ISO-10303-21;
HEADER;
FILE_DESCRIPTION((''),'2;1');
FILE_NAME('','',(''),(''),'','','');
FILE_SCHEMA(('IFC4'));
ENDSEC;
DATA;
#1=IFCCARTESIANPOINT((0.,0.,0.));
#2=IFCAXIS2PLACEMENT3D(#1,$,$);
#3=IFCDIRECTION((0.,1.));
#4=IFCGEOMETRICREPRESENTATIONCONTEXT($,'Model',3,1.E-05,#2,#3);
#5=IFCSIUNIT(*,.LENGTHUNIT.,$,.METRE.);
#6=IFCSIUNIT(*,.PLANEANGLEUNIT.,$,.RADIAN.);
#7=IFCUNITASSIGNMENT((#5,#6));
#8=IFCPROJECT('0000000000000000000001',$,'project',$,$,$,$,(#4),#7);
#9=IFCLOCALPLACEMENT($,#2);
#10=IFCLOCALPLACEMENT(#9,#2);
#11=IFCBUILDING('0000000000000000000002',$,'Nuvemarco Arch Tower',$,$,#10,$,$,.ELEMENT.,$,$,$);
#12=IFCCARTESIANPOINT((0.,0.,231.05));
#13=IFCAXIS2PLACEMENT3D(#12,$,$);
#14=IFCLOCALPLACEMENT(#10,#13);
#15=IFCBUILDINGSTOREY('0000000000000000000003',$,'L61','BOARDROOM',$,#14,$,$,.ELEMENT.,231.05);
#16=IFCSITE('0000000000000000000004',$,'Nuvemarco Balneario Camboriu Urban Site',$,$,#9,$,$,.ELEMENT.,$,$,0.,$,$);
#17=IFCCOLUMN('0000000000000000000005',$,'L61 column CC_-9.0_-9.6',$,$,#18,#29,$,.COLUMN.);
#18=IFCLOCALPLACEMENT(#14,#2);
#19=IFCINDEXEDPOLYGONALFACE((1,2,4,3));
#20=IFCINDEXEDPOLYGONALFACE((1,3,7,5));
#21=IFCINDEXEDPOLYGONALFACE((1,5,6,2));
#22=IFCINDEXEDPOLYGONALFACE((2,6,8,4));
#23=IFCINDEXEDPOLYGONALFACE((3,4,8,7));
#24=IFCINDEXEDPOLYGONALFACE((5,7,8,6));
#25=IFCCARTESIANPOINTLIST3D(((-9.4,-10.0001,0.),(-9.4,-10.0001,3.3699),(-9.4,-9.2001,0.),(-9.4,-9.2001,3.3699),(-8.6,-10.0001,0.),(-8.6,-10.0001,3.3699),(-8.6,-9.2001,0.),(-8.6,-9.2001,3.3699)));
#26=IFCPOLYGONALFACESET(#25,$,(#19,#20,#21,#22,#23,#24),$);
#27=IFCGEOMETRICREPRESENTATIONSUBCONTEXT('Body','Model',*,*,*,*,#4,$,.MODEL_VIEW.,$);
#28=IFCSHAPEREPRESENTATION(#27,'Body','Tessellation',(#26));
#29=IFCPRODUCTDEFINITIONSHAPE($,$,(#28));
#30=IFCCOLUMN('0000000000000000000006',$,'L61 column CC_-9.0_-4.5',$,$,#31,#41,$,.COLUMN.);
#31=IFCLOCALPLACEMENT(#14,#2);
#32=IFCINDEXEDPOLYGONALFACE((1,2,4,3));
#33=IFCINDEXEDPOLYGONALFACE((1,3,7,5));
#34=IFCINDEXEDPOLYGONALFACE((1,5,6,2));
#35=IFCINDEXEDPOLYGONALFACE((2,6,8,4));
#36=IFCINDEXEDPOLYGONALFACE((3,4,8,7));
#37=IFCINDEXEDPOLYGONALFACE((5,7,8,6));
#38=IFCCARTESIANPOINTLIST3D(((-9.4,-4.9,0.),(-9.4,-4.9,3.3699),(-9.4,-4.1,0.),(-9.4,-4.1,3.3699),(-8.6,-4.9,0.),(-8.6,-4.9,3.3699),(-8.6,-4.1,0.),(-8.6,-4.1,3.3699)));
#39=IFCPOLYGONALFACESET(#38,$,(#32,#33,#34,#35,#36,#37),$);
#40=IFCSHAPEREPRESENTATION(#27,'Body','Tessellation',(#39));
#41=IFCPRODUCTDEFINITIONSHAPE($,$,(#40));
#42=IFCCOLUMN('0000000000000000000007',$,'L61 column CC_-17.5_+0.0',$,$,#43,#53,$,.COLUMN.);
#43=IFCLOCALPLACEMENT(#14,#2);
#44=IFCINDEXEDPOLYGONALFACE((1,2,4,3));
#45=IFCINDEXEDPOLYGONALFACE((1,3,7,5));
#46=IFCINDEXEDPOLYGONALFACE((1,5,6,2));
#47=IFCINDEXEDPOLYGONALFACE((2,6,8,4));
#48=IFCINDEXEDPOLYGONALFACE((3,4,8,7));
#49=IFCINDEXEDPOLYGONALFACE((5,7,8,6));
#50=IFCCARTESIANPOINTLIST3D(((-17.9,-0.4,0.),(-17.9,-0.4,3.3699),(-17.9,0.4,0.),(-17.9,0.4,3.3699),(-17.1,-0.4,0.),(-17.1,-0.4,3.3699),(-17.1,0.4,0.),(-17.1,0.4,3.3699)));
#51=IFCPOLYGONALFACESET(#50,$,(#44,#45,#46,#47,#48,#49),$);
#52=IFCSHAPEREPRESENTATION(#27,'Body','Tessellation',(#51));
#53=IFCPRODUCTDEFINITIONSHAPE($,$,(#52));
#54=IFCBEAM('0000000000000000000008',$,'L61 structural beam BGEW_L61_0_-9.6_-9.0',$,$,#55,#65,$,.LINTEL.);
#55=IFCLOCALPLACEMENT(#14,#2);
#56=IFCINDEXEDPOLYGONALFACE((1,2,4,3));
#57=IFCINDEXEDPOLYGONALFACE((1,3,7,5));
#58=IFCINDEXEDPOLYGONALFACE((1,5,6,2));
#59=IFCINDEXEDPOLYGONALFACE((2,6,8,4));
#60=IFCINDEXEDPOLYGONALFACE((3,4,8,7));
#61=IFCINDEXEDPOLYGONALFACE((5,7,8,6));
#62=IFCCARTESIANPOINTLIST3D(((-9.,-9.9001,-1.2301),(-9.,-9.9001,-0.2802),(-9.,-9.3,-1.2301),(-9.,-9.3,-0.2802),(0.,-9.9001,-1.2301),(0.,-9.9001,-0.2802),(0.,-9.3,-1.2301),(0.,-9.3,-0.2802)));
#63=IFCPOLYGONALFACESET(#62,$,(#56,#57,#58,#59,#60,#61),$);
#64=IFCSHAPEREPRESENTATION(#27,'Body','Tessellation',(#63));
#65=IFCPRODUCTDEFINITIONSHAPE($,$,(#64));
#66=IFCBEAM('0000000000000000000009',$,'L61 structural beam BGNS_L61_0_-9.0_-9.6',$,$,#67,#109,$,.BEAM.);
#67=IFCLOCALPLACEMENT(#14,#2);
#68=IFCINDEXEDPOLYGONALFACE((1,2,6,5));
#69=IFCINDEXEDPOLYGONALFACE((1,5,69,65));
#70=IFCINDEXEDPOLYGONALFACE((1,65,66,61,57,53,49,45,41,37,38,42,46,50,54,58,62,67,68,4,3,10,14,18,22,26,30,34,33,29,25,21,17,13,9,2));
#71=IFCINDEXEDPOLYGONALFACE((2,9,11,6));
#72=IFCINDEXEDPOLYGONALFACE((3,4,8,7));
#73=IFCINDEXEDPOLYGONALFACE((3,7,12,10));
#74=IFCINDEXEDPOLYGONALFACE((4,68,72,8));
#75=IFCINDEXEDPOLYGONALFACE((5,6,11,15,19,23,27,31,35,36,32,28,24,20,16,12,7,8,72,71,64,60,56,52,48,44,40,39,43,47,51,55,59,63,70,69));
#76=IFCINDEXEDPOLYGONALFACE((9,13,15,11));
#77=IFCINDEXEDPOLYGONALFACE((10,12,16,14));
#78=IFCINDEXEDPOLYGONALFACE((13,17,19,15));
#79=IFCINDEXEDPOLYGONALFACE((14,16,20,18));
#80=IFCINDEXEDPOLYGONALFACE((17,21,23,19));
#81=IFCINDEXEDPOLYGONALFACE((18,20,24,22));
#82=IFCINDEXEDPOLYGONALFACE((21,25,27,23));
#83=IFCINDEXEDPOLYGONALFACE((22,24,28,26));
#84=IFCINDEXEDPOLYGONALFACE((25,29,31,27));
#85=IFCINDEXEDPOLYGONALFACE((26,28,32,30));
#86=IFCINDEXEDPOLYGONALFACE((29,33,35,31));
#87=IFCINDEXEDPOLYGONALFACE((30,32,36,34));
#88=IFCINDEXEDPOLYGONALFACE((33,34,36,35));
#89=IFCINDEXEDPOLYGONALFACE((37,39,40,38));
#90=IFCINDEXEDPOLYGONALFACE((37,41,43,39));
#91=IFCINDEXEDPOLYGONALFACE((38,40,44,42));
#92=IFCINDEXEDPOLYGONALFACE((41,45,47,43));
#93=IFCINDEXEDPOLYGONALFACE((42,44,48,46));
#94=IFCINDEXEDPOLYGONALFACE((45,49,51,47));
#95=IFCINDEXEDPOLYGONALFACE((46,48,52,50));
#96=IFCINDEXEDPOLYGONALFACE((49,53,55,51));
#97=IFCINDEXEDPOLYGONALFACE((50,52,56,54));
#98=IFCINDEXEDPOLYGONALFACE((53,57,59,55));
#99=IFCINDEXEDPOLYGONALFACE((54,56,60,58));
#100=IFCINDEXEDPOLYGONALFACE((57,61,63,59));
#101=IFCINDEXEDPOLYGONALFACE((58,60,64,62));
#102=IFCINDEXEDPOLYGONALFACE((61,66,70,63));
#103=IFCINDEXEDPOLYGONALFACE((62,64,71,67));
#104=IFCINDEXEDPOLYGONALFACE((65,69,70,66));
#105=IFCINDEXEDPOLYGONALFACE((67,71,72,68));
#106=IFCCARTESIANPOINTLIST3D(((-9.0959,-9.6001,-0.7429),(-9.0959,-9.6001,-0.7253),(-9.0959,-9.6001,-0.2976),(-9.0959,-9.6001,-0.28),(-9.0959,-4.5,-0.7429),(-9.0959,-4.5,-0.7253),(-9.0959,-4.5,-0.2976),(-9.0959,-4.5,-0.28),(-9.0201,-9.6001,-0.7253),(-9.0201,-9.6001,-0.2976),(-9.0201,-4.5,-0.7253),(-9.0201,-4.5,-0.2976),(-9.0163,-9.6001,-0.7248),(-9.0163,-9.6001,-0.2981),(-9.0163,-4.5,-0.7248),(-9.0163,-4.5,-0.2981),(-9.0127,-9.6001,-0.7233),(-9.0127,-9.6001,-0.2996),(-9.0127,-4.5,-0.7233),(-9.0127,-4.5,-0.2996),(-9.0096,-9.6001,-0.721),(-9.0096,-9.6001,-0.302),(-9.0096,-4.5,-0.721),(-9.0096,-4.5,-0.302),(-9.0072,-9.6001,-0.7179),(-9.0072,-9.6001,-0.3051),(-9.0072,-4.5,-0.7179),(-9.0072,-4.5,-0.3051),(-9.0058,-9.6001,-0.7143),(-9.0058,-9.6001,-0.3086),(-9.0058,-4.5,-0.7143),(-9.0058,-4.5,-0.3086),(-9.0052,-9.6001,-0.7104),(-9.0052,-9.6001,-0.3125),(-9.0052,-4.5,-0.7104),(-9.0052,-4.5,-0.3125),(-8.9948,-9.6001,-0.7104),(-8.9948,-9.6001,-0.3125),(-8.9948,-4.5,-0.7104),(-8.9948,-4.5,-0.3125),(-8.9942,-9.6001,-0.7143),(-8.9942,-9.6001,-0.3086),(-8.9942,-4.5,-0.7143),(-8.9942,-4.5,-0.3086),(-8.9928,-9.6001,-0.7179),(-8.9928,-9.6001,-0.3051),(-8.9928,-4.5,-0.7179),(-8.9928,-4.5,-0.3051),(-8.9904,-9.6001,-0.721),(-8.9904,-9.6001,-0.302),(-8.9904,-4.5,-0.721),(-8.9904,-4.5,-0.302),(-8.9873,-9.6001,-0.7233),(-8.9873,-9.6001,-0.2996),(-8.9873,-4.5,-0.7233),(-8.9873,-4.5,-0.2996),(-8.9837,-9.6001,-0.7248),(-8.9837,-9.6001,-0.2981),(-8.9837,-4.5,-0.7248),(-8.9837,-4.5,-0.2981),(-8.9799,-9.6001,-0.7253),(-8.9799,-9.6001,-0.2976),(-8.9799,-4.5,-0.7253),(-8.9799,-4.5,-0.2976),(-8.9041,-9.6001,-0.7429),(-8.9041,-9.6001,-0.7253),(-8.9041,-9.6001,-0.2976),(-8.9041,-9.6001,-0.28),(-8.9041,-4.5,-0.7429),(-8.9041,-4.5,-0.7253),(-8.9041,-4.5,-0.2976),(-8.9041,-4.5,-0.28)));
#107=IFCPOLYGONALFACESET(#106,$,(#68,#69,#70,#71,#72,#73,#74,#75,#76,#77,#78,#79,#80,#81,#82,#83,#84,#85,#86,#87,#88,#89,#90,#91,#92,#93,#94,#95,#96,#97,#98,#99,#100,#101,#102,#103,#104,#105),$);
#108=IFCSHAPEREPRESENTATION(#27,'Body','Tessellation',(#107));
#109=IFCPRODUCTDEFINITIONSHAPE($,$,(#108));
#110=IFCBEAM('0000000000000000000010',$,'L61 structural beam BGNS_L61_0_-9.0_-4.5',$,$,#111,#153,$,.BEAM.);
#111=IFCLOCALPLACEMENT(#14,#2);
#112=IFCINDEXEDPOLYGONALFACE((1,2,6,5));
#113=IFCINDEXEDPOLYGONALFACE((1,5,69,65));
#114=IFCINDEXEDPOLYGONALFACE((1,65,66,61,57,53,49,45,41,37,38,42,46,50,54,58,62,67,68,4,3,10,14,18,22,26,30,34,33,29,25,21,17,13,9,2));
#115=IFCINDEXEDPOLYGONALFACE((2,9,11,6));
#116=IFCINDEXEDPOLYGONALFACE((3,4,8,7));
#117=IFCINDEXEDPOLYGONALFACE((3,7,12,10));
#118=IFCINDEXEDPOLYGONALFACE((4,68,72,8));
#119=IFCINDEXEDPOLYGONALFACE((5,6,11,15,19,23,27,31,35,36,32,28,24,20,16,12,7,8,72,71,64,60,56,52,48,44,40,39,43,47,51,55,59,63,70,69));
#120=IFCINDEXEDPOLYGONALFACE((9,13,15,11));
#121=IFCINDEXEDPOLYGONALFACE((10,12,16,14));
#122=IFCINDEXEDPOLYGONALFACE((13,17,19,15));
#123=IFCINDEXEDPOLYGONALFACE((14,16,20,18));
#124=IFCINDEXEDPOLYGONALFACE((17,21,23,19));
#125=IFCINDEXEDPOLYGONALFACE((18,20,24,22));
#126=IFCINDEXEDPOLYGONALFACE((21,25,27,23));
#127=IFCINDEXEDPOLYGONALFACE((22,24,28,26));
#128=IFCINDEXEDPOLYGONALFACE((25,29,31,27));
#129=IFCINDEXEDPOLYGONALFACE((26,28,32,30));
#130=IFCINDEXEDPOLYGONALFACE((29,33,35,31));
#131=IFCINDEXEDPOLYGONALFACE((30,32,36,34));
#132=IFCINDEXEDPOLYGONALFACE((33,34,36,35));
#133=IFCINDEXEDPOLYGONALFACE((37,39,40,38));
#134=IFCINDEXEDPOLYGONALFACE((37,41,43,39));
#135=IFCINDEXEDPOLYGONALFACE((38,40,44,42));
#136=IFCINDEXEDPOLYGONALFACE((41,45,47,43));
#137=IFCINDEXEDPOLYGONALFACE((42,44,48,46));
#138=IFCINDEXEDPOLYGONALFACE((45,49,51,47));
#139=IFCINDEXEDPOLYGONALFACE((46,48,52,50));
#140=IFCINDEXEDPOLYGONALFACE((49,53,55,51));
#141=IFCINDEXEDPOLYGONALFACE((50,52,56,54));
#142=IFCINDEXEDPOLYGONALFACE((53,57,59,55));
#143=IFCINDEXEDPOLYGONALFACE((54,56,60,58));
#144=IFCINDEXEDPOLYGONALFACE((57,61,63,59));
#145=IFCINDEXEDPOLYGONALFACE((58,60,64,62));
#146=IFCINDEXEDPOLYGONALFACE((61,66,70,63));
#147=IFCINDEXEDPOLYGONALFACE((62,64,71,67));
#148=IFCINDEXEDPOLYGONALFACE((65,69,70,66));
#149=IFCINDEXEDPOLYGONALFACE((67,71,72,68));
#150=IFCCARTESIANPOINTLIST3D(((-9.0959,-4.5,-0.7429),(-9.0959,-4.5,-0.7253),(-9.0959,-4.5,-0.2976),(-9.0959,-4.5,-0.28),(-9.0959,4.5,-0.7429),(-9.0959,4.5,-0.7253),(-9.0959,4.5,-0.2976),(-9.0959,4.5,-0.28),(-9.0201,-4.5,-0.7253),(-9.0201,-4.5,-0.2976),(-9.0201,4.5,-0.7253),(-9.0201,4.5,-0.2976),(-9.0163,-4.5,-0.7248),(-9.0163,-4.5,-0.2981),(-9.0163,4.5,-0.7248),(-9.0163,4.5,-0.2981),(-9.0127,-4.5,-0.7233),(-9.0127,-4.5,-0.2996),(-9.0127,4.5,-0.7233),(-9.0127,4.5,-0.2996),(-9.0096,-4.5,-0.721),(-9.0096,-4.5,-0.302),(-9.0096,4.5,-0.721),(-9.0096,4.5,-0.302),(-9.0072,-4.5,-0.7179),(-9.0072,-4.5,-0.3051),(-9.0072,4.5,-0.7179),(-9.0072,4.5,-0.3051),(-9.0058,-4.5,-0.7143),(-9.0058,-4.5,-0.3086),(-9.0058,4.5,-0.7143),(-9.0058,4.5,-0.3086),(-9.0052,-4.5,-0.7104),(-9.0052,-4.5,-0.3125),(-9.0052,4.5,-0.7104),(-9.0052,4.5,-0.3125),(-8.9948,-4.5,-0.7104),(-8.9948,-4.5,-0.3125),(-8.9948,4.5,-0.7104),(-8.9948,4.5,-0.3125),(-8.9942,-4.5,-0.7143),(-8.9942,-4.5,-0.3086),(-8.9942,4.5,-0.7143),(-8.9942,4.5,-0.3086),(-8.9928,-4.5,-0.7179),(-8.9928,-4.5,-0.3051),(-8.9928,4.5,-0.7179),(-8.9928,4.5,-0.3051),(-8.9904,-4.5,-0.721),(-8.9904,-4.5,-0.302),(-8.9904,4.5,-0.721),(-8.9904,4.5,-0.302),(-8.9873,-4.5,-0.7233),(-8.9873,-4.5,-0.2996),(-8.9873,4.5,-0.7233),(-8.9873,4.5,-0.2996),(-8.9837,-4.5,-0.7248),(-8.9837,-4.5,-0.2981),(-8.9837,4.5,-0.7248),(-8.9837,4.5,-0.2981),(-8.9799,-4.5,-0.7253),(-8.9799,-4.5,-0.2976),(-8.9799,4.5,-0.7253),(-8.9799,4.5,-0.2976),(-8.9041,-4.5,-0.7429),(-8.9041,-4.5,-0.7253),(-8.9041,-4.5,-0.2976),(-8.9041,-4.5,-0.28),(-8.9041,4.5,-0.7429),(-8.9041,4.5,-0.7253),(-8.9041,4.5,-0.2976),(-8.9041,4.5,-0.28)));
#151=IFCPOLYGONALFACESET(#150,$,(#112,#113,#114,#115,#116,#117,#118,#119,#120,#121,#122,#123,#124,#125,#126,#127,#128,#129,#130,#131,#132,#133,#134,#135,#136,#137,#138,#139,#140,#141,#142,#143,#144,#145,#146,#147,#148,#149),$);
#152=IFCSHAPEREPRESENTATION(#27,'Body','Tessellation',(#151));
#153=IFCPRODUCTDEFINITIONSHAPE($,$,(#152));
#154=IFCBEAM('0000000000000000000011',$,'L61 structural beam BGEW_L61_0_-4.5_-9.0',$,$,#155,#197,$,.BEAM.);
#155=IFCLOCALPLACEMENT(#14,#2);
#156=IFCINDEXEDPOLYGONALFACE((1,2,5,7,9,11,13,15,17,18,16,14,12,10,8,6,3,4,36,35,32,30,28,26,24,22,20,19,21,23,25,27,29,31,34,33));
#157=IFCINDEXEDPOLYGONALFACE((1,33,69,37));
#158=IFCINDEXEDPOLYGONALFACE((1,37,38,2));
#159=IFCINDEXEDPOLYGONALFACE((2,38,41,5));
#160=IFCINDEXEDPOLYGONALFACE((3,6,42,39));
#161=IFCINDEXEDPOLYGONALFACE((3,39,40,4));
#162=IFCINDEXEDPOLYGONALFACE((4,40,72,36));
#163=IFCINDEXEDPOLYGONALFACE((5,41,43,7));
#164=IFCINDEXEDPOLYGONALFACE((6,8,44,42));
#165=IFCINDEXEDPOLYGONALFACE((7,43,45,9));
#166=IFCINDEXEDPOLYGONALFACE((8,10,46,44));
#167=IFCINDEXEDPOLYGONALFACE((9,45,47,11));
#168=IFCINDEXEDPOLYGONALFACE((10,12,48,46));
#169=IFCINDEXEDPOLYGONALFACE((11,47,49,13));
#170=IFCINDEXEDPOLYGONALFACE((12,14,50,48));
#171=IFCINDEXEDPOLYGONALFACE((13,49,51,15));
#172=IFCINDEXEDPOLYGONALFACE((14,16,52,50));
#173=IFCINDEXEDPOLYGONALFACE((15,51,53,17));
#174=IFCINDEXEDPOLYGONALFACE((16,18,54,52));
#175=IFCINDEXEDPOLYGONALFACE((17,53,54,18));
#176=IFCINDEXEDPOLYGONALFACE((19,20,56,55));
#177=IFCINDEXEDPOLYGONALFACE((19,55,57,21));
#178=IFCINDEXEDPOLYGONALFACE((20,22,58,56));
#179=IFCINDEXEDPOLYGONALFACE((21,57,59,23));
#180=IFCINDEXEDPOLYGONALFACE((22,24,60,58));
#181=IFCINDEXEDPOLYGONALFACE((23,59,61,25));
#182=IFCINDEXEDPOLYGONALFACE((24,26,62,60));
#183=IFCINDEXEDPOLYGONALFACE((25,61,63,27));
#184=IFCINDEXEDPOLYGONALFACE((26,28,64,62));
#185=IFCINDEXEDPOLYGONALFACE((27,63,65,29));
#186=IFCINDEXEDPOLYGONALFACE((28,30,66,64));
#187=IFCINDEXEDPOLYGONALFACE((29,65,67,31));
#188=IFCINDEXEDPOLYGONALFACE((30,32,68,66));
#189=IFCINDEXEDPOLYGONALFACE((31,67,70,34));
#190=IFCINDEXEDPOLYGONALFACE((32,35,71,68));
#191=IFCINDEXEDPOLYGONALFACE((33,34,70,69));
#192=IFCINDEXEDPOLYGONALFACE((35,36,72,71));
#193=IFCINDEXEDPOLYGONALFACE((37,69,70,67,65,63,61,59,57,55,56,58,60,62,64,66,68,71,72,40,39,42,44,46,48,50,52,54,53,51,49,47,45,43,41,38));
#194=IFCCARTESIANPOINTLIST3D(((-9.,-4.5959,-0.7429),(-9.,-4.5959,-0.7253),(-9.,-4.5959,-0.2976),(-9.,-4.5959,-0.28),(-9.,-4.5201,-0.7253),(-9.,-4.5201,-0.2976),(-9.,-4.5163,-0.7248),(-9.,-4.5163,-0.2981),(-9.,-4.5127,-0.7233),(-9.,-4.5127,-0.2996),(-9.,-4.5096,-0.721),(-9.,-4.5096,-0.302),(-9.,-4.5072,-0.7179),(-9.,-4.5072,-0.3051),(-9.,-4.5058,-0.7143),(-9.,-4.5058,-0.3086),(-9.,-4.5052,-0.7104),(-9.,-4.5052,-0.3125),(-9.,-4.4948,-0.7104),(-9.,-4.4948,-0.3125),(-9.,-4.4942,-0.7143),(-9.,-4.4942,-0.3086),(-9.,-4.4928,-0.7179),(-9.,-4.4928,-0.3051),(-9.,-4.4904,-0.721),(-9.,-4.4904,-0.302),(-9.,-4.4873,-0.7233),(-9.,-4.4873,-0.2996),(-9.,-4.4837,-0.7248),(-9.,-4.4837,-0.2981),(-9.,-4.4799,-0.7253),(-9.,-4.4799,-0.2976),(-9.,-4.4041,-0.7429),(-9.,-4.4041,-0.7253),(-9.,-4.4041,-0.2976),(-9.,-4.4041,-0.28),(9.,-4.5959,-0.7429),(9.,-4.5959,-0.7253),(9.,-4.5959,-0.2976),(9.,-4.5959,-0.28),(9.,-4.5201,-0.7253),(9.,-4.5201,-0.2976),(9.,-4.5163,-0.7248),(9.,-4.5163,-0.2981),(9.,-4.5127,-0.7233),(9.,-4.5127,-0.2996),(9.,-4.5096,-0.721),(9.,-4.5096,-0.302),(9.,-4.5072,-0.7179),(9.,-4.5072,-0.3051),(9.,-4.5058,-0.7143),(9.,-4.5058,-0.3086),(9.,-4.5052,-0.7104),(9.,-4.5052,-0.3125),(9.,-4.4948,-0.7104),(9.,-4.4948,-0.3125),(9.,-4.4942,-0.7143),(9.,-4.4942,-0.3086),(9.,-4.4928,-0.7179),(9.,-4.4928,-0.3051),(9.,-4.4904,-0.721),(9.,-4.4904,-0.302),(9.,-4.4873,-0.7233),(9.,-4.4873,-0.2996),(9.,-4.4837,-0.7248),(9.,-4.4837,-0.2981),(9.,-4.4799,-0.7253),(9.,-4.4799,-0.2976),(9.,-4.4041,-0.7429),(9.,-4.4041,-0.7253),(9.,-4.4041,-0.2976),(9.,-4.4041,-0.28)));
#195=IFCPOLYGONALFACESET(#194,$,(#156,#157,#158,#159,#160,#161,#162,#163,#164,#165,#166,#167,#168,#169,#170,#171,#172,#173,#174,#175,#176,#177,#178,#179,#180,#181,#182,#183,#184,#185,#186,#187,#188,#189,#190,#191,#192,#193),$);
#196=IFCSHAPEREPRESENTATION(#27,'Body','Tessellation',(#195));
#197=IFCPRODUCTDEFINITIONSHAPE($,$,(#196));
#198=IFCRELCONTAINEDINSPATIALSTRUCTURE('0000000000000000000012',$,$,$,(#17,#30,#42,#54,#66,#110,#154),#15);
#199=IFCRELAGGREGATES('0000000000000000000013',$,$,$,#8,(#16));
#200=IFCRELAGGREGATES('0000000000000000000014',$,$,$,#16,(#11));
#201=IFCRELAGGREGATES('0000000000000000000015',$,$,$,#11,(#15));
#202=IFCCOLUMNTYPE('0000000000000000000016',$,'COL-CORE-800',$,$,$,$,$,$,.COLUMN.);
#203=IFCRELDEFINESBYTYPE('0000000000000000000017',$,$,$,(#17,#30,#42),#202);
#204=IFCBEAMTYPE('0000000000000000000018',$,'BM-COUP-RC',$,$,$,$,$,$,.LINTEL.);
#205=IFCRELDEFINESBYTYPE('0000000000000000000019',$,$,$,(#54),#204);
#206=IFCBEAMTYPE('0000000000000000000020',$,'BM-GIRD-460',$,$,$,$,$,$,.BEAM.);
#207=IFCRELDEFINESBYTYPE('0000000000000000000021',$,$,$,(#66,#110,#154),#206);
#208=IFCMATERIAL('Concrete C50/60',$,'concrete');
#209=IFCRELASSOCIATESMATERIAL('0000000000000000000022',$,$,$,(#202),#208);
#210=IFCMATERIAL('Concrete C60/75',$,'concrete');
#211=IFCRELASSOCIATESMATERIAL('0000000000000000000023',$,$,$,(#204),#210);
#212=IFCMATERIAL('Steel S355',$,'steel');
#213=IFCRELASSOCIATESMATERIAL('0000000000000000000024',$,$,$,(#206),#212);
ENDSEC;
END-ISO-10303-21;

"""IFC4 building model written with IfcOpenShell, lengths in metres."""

from ifc_helpers import new_model, si_unit, direction, frame, origin, origin_2d, place, context, subcontext, project, spatial, rectangle, i_section, extrude, material, material_profile, profile_set, type_object, element, save


model = new_model("IFC4")

# Units and contexts
model_context = context("Model", 3, precision=1e-05, world=origin(), true_north=direction((0.0, 1.0)))
body_context = subcontext(model_context, "Body", "Model", "MODEL_VIEW")
ifc_project = project(units=[si_unit("LENGTHUNIT", "METRE"), si_unit("PLANEANGLEUNIT", "RADIAN")], contexts=[model_context])

# Site, building, storey
site_placement = place(None, origin())
site = spatial("IfcSite", under=ifc_project, at=site_placement, Name="Nuvemarco Balneario Camboriu Urban Site", CompositionType="ELEMENT", RefElevation=0.0)
building_placement = place(site_placement, origin())
building = spatial("IfcBuilding", under=site, at=building_placement, Name="Nuvemarco Arch Tower", CompositionType="ELEMENT")
storey_placement = place(building_placement, frame((0.0, 0.0, 231.05)))
storey = spatial("IfcBuildingStorey", under=building, at=storey_placement, Name="L61", Description="BOARDROOM", CompositionType="ELEMENT", Elevation=231.05)

# Columns
ifc_material_1 = material(Name="Concrete C50/60", Category="concrete")
ifc_material_profile_1 = material_profile(ifc_material_1, rectangle(XDim=0.8, YDim=0.8, at=origin_2d()), Name="RC-COL-800x800")
ifc_profile_set_1 = profile_set([ifc_material_profile_1], Name="Concrete C50/60")
column_type = type_object("IfcColumnType", Name="COL-CORE-800", PredefinedType="COLUMN", material=ifc_profile_set_1)
for number, where, z_axis, x_axis, name in (
    (1, (-9.0, -9.6001, 0.0), (0.0, 0.0, 1.0), (1.0, 0.0, 0.0), "L61 column CC_-9.0_-9.6"),
    (2, (-9.0, -4.5, 0.0), (0.0, 0.0, 1.0), (1.0, 0.0, 0.0), "L61 column CC_-9.0_-4.5"),
    (3, (-17.5, 0.0, 0.0), (0.0, 0.0, 1.0), (1.0, 0.0, 0.0), "L61 column CC_-17.5_+0.0"),
):
    element("IfcColumn", number, at=place(storey_placement, frame(where, z_axis=z_axis, x_axis=x_axis)), inside=storey, type_object=column_type, Name=name, PredefinedType="COLUMN", context=body_context, shape_type="SweptSolid", body=[
        extrude(rectangle(XDim=0.8, YDim=0.8, at=origin_2d()), origin(), (0.0, 0.0, 1.0), 3.3699),
    ])

# Beams
ifc_material_2 = material(Name="Concrete C60/75", Category="concrete")
ifc_material_profile_2 = material_profile(ifc_material_2, rectangle(XDim=0.6001, YDim=0.95, at=origin_2d()), Name="RC-BM-600x950")
ifc_profile_set_2 = profile_set([ifc_material_profile_2], Name="Concrete C60/75")
beam_type_1 = type_object("IfcBeamType", Name="BM-COUP-RC", PredefinedType="LINTEL", material=ifc_profile_set_2)
beam_1_placement = place(storey_placement, frame((-9.0, -9.6001, -0.7551), z_axis=(1.0, 0.0, 0.0), x_axis=(0.0, 1.0, 0.0)))
element("IfcBeam", 4, at=beam_1_placement, inside=storey, type_object=beam_type_1, Name="L61 structural beam BGEW_L61_0_-9.6_-9.0", PredefinedType="LINTEL", context=body_context, shape_type="SweptSolid", body=[
    extrude(rectangle(XDim=0.6001, YDim=0.95, at=origin_2d()), origin(), (0.0, 0.0, 1.0), 9.0),
])
ifc_material_3 = material(Name="Steel S355", Category="steel")
ifc_material_profile_3 = material_profile(ifc_material_3, i_section(OverallWidth=0.1919, OverallDepth=0.4629, WebThickness=0.0105, FlangeThickness=0.0176, FilletRadius=0.0149, at=origin_2d()), Name="W460x89")
ifc_profile_set_3 = profile_set([ifc_material_profile_3], Name="Steel S355")
beam_type_2 = type_object("IfcBeamType", Name="BM-GIRD-460", PredefinedType="BEAM", material=ifc_profile_set_3)
beam_2_placement = place(storey_placement, frame((-9.0, -9.6001, -0.5115), z_axis=(0.0, 1.0, 0.0), x_axis=(-1.0, 0.0, 0.0)))
element("IfcBeam", 5, at=beam_2_placement, inside=storey, type_object=beam_type_2, Name="L61 structural beam BGNS_L61_0_-9.0_-9.6", PredefinedType="BEAM", context=body_context, shape_type="SweptSolid", body=[
    extrude(i_section(OverallWidth=0.1919, OverallDepth=0.4629, WebThickness=0.0105, FlangeThickness=0.0176, FilletRadius=0.0149, at=origin_2d()), origin(), (0.0, 0.0, 1.0), 5.1001),
])
beam_3_placement = place(storey_placement, frame((-9.0, -4.5, -0.5115), z_axis=(0.0, 1.0, 0.0), x_axis=(-1.0, 0.0, 0.0)))
element("IfcBeam", 6, at=beam_3_placement, inside=storey, type_object=beam_type_2, Name="L61 structural beam BGNS_L61_0_-9.0_-4.5", PredefinedType="BEAM", context=body_context, shape_type="SweptSolid", body=[
    extrude(i_section(OverallWidth=0.1919, OverallDepth=0.4629, WebThickness=0.0105, FlangeThickness=0.0176, FilletRadius=0.0149, at=origin_2d()), origin(), (0.0, 0.0, 1.0), 9.0),
])
beam_4_placement = place(storey_placement, frame((-9.0, -4.5, -0.5115), z_axis=(1.0, 0.0, 0.0), x_axis=(0.0, 1.0, 0.0)))
element("IfcBeam", 7, at=beam_4_placement, inside=storey, type_object=beam_type_2, Name="L61 structural beam BGEW_L61_0_-4.5_-9.0", PredefinedType="BEAM", context=body_context, shape_type="SweptSolid", body=[
    extrude(i_section(OverallWidth=0.1919, OverallDepth=0.4629, WebThickness=0.0105, FlangeThickness=0.0176, FilletRadius=0.0149, at=origin_2d()), origin(), (0.0, 0.0, 1.0), 18.0),
])

save(model, "model.ifc")
